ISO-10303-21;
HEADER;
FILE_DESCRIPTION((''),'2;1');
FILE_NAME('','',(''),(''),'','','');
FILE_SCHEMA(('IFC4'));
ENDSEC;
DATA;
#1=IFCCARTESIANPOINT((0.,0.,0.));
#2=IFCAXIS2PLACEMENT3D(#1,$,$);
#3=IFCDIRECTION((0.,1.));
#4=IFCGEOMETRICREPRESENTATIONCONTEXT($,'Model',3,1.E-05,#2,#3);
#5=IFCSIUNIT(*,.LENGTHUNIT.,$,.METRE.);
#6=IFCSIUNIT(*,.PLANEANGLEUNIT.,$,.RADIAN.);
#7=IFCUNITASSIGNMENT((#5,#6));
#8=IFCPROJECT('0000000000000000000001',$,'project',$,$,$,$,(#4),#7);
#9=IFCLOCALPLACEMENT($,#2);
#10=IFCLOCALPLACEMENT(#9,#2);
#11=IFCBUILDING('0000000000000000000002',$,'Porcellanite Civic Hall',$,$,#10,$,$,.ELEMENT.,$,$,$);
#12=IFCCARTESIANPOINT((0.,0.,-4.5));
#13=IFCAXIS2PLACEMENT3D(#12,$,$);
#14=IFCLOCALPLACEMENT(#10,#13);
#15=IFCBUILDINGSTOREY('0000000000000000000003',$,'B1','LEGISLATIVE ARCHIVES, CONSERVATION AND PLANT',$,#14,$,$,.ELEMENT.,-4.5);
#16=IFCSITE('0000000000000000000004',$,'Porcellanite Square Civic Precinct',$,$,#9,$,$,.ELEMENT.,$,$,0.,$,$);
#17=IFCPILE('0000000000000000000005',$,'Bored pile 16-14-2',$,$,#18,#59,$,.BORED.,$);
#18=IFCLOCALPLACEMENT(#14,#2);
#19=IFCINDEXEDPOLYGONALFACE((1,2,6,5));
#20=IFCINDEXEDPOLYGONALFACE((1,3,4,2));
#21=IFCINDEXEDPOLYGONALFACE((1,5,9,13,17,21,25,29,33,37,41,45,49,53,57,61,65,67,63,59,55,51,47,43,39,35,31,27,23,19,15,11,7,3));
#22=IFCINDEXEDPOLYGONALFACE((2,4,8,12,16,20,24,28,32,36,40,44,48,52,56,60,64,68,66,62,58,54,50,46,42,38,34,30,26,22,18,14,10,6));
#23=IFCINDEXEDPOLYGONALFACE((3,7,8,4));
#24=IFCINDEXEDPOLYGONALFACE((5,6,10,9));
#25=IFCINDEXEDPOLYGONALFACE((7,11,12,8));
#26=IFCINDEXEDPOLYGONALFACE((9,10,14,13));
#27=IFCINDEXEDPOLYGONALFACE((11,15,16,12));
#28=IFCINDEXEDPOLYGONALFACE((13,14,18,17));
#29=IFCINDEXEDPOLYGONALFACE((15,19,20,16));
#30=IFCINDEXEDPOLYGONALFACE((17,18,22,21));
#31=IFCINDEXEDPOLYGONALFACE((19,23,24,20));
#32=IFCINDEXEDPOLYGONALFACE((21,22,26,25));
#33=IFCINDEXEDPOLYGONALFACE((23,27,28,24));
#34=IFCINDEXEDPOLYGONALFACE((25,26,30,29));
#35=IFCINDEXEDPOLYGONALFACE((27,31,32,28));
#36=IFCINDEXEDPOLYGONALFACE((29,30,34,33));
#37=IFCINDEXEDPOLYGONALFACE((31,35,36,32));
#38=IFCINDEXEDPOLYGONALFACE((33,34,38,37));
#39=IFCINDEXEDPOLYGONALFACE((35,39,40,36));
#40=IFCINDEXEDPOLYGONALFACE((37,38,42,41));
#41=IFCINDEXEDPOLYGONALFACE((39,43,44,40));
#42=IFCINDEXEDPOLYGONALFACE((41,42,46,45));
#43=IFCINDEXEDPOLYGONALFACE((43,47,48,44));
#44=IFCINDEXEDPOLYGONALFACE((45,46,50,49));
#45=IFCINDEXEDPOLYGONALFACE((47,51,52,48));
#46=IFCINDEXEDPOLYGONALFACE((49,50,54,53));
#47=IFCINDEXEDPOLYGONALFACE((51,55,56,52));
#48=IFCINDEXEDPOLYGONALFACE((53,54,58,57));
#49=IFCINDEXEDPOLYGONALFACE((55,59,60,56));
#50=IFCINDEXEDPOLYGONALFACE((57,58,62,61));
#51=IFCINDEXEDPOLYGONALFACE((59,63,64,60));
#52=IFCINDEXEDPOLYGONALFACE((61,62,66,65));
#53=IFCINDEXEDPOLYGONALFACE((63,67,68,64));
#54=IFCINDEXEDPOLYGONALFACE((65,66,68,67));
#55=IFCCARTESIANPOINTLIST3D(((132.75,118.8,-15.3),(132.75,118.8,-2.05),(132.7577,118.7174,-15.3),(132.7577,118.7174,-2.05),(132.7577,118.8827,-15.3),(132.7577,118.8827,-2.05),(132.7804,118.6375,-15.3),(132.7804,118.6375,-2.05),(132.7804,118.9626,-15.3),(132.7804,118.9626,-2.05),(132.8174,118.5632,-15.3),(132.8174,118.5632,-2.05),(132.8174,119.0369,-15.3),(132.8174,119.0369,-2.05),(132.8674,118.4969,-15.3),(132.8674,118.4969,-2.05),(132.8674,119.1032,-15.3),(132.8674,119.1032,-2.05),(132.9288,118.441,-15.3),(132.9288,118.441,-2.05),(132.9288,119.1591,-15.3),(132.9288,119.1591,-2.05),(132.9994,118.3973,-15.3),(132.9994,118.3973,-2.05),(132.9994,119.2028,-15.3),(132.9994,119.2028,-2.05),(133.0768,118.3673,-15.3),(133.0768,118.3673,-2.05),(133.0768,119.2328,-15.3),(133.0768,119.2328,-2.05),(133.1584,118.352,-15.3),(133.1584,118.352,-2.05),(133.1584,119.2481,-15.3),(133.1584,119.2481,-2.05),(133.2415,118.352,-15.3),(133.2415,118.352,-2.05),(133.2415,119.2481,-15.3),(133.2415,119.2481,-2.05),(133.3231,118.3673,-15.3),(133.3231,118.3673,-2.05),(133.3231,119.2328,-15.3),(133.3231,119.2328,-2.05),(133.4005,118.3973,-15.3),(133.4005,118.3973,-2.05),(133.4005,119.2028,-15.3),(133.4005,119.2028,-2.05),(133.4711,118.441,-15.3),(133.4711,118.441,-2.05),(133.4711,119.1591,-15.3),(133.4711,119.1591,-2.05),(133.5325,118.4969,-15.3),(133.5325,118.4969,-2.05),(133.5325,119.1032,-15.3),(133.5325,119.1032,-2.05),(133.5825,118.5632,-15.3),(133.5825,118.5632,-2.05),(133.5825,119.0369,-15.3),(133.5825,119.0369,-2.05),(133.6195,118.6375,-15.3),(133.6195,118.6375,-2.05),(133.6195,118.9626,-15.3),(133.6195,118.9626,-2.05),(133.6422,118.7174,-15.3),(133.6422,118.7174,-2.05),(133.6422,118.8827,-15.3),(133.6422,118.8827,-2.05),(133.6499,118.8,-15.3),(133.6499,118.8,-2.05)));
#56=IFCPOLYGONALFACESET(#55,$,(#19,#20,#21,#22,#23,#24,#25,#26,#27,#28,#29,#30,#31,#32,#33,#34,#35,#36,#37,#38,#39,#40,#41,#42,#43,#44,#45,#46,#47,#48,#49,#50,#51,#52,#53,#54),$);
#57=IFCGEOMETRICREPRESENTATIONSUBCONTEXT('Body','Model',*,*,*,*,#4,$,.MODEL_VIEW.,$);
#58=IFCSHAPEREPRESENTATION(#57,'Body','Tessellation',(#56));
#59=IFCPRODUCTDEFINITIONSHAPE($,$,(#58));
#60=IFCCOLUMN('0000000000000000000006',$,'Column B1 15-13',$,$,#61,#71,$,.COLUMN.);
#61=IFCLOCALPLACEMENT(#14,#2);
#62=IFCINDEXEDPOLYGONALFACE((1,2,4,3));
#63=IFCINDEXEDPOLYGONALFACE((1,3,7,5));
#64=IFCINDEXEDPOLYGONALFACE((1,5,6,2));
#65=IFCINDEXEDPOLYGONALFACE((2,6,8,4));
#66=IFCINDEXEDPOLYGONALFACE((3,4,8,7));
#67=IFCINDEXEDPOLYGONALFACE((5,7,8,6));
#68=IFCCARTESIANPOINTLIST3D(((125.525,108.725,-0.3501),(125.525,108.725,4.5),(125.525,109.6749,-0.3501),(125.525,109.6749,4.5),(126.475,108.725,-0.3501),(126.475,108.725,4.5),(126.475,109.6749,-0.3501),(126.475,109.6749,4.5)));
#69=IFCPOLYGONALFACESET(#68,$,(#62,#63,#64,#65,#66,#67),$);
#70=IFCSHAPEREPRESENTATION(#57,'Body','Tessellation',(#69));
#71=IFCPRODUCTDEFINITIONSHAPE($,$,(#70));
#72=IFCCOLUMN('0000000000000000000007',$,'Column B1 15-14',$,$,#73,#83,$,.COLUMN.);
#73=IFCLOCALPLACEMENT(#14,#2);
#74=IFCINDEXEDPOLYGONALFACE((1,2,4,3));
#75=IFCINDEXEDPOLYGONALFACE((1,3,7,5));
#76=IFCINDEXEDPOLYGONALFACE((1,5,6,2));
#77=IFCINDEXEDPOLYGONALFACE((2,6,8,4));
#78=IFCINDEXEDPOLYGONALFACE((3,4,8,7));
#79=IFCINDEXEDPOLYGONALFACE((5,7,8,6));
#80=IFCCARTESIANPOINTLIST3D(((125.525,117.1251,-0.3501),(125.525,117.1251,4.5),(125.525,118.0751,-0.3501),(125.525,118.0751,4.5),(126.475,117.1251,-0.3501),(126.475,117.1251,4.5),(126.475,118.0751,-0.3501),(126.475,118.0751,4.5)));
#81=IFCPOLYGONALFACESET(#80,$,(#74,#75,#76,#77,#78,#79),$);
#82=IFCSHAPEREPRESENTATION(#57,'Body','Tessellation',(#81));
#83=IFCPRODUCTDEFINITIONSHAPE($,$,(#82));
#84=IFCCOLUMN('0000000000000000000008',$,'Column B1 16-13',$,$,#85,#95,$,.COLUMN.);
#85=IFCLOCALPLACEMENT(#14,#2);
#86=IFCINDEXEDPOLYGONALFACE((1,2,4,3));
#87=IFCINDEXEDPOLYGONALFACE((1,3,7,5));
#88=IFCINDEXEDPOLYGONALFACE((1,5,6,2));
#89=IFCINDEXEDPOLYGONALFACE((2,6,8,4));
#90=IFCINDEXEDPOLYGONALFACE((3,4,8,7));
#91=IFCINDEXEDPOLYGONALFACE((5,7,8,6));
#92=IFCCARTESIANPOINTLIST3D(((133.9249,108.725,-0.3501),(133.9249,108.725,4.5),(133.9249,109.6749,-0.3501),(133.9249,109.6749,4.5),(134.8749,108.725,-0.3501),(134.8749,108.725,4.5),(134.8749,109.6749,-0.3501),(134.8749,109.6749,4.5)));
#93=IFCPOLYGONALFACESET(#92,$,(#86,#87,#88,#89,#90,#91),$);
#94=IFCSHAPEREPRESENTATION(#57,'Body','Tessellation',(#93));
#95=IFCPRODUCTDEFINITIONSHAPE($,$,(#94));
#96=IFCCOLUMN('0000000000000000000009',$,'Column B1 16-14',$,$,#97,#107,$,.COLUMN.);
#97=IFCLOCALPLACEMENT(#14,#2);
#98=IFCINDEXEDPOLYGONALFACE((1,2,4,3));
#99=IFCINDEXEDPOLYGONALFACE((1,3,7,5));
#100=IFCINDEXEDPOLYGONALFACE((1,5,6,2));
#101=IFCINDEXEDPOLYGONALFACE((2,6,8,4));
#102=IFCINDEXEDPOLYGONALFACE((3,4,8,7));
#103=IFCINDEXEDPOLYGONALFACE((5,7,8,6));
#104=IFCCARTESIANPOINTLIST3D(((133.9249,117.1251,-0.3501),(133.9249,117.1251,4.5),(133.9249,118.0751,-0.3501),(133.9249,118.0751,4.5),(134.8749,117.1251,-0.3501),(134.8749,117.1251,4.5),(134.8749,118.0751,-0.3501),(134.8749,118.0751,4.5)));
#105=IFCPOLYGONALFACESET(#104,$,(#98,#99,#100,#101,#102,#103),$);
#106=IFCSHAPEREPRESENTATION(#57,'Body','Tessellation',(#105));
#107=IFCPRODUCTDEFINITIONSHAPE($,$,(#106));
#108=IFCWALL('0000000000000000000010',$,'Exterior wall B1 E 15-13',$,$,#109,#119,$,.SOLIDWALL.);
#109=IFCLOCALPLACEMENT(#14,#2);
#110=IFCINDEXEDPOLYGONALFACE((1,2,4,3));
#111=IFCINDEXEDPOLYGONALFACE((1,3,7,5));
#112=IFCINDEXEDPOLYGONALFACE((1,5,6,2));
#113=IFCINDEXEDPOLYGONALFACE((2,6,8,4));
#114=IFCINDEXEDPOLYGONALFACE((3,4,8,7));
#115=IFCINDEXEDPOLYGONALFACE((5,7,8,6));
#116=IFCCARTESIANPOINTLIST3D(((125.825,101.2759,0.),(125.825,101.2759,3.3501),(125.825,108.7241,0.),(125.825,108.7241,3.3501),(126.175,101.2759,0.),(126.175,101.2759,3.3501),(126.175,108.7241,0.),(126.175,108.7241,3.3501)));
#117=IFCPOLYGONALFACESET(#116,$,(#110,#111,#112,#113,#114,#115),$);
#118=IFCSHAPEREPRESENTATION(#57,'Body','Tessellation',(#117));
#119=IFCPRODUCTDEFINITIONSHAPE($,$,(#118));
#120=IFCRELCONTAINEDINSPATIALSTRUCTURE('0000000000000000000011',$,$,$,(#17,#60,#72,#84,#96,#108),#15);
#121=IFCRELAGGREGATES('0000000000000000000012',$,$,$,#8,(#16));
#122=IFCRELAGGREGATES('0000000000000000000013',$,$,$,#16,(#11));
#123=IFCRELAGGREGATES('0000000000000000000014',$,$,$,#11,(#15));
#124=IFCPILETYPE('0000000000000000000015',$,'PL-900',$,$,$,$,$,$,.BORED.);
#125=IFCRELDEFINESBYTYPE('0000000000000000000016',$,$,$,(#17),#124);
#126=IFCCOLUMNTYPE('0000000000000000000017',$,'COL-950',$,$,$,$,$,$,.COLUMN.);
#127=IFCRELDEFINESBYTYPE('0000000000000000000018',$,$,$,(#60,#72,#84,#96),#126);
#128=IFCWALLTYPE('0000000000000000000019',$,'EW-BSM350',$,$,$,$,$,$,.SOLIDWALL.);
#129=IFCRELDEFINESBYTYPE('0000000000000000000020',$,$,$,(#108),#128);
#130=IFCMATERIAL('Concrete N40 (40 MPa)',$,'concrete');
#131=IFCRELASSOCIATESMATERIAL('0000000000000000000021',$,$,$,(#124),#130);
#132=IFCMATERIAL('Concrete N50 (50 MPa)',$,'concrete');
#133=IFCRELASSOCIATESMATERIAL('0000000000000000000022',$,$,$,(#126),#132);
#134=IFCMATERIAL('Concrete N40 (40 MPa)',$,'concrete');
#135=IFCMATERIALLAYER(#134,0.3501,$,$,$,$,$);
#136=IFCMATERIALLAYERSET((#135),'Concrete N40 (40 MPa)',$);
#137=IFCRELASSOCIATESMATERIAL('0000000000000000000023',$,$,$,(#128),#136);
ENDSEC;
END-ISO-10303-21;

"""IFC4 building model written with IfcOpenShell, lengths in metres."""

from ifc_helpers import new_model, si_unit, direction, frame, frame_2d, origin, origin_2d, place, context, subcontext, project, spatial, rectangle, circle, extrude, material, layer, layer_set, material_profile, profile_set, type_object, element, save


model = new_model("IFC4")

# Units and contexts
model_context = context("Model", 3, precision=1e-05, world=origin(), true_north=direction((0.0, 1.0)))
body_context = subcontext(model_context, "Body", "Model", "MODEL_VIEW")
ifc_project = project(units=[si_unit("LENGTHUNIT", "METRE"), si_unit("PLANEANGLEUNIT", "RADIAN")], contexts=[model_context])

# Site, building, storey
site_placement = place(None, origin())
site = spatial("IfcSite", under=ifc_project, at=site_placement, Name="Porcellanite Square Civic Precinct", CompositionType="ELEMENT", RefElevation=0.0)
building_placement = place(site_placement, origin())
building = spatial("IfcBuilding", under=site, at=building_placement, Name="Porcellanite Civic Hall", CompositionType="ELEMENT")
storey_placement = place(building_placement, frame((0.0, 0.0, -4.5)))
storey = spatial("IfcBuildingStorey", under=building, at=storey_placement, Name="B1", Description="LEGISLATIVE ARCHIVES, CONSERVATION AND PLANT", CompositionType="ELEMENT", Elevation=-4.5)

# Pile
ifc_material_1 = material(Name="Concrete N40 (40 MPa)", Category="concrete")
ifc_material_profile_1 = material_profile(ifc_material_1, circle(Radius=0.45, at=origin_2d()), Name="PILE-D900")
ifc_profile_set_1 = profile_set([ifc_material_profile_1], Name="Concrete N40 (40 MPa)")
pile_type_1 = type_object("IfcPileType", Name="PL-900", PredefinedType="BORED", material=ifc_profile_set_1)
for number, where, z_axis, x_axis, name in (
    (1, (133.2, 118.8, -2.05), (0.0, 0.0, -1.0), (1.0, 0.0, 0.0), "Bored pile 16-14-2"),
):
    element("IfcPile", number, at=place(storey_placement, frame(where, z_axis=z_axis, x_axis=x_axis)), inside=storey, type_object=pile_type_1, Name=name, PredefinedType="BORED", context=body_context, shape_type="SweptSolid", body=[
        extrude(circle(Radius=0.45, at=origin_2d()), origin(), (0.0, 0.0, 1.0), 13.25),
    ])

# Columns
ifc_material_2 = material(Name="Concrete N50 (50 MPa)", Category="concrete")
ifc_material_profile_2 = material_profile(ifc_material_2, rectangle(XDim=0.95, YDim=0.95, at=origin_2d()), Name="RC-950x950")
ifc_profile_set_2 = profile_set([ifc_material_profile_2], Name="Concrete N50 (50 MPa)")
column_type = type_object("IfcColumnType", Name="COL-950", PredefinedType="COLUMN", material=ifc_profile_set_2)
for number, where, z_axis, x_axis, name in (
    (2, (126.0, 109.2, -0.3501), (0.0, 0.0, 1.0), (1.0, 0.0, 0.0), "Column B1 15-13"),
    (3, (126.0, 117.6001, -0.3501), (0.0, 0.0, 1.0), (1.0, 0.0, 0.0), "Column B1 15-14"),
    (4, (134.3999, 109.2, -0.3501), (0.0, 0.0, 1.0), (1.0, 0.0, 0.0), "Column B1 16-13"),
    (5, (134.3999, 117.6001, -0.3501), (0.0, 0.0, 1.0), (1.0, 0.0, 0.0), "Column B1 16-14"),
):
    element("IfcColumn", number, at=place(storey_placement, frame(where, z_axis=z_axis, x_axis=x_axis)), inside=storey, type_object=column_type, Name=name, PredefinedType="COLUMN", context=body_context, shape_type="SweptSolid", body=[
        extrude(rectangle(XDim=0.95, YDim=0.95, at=origin_2d()), origin(), (0.0, 0.0, 1.0), 4.8501),
    ])

# Wall
ifc_material_3 = material(Name="Concrete N40 (40 MPa)", Category="concrete")
ifc_layer = layer(ifc_material_3, 0.3501)
ifc_layer_set = layer_set([ifc_layer], Name="Concrete N40 (40 MPa)")
wall_type = type_object("IfcWallType", Name="EW-BSM350", PredefinedType="SOLIDWALL", material=ifc_layer_set)
wall_placement = place(storey_placement, frame((126.0, 108.7241, 0.0), z_axis=(0.0, 0.0, 1.0), x_axis=(0.0, -1.0, 0.0)))
element("IfcWall", 6, at=wall_placement, inside=storey, type_object=wall_type, Name="Exterior wall B1 E 15-13", PredefinedType="SOLIDWALL", context=body_context, shape_type="SweptSolid", body=[
    extrude(rectangle(XDim=7.4482, YDim=0.3501, at=frame_2d((3.7241, 0.0))), origin(), (0.0, 0.0, 1.0), 3.3501),
])

save(model, "model.ifc")
